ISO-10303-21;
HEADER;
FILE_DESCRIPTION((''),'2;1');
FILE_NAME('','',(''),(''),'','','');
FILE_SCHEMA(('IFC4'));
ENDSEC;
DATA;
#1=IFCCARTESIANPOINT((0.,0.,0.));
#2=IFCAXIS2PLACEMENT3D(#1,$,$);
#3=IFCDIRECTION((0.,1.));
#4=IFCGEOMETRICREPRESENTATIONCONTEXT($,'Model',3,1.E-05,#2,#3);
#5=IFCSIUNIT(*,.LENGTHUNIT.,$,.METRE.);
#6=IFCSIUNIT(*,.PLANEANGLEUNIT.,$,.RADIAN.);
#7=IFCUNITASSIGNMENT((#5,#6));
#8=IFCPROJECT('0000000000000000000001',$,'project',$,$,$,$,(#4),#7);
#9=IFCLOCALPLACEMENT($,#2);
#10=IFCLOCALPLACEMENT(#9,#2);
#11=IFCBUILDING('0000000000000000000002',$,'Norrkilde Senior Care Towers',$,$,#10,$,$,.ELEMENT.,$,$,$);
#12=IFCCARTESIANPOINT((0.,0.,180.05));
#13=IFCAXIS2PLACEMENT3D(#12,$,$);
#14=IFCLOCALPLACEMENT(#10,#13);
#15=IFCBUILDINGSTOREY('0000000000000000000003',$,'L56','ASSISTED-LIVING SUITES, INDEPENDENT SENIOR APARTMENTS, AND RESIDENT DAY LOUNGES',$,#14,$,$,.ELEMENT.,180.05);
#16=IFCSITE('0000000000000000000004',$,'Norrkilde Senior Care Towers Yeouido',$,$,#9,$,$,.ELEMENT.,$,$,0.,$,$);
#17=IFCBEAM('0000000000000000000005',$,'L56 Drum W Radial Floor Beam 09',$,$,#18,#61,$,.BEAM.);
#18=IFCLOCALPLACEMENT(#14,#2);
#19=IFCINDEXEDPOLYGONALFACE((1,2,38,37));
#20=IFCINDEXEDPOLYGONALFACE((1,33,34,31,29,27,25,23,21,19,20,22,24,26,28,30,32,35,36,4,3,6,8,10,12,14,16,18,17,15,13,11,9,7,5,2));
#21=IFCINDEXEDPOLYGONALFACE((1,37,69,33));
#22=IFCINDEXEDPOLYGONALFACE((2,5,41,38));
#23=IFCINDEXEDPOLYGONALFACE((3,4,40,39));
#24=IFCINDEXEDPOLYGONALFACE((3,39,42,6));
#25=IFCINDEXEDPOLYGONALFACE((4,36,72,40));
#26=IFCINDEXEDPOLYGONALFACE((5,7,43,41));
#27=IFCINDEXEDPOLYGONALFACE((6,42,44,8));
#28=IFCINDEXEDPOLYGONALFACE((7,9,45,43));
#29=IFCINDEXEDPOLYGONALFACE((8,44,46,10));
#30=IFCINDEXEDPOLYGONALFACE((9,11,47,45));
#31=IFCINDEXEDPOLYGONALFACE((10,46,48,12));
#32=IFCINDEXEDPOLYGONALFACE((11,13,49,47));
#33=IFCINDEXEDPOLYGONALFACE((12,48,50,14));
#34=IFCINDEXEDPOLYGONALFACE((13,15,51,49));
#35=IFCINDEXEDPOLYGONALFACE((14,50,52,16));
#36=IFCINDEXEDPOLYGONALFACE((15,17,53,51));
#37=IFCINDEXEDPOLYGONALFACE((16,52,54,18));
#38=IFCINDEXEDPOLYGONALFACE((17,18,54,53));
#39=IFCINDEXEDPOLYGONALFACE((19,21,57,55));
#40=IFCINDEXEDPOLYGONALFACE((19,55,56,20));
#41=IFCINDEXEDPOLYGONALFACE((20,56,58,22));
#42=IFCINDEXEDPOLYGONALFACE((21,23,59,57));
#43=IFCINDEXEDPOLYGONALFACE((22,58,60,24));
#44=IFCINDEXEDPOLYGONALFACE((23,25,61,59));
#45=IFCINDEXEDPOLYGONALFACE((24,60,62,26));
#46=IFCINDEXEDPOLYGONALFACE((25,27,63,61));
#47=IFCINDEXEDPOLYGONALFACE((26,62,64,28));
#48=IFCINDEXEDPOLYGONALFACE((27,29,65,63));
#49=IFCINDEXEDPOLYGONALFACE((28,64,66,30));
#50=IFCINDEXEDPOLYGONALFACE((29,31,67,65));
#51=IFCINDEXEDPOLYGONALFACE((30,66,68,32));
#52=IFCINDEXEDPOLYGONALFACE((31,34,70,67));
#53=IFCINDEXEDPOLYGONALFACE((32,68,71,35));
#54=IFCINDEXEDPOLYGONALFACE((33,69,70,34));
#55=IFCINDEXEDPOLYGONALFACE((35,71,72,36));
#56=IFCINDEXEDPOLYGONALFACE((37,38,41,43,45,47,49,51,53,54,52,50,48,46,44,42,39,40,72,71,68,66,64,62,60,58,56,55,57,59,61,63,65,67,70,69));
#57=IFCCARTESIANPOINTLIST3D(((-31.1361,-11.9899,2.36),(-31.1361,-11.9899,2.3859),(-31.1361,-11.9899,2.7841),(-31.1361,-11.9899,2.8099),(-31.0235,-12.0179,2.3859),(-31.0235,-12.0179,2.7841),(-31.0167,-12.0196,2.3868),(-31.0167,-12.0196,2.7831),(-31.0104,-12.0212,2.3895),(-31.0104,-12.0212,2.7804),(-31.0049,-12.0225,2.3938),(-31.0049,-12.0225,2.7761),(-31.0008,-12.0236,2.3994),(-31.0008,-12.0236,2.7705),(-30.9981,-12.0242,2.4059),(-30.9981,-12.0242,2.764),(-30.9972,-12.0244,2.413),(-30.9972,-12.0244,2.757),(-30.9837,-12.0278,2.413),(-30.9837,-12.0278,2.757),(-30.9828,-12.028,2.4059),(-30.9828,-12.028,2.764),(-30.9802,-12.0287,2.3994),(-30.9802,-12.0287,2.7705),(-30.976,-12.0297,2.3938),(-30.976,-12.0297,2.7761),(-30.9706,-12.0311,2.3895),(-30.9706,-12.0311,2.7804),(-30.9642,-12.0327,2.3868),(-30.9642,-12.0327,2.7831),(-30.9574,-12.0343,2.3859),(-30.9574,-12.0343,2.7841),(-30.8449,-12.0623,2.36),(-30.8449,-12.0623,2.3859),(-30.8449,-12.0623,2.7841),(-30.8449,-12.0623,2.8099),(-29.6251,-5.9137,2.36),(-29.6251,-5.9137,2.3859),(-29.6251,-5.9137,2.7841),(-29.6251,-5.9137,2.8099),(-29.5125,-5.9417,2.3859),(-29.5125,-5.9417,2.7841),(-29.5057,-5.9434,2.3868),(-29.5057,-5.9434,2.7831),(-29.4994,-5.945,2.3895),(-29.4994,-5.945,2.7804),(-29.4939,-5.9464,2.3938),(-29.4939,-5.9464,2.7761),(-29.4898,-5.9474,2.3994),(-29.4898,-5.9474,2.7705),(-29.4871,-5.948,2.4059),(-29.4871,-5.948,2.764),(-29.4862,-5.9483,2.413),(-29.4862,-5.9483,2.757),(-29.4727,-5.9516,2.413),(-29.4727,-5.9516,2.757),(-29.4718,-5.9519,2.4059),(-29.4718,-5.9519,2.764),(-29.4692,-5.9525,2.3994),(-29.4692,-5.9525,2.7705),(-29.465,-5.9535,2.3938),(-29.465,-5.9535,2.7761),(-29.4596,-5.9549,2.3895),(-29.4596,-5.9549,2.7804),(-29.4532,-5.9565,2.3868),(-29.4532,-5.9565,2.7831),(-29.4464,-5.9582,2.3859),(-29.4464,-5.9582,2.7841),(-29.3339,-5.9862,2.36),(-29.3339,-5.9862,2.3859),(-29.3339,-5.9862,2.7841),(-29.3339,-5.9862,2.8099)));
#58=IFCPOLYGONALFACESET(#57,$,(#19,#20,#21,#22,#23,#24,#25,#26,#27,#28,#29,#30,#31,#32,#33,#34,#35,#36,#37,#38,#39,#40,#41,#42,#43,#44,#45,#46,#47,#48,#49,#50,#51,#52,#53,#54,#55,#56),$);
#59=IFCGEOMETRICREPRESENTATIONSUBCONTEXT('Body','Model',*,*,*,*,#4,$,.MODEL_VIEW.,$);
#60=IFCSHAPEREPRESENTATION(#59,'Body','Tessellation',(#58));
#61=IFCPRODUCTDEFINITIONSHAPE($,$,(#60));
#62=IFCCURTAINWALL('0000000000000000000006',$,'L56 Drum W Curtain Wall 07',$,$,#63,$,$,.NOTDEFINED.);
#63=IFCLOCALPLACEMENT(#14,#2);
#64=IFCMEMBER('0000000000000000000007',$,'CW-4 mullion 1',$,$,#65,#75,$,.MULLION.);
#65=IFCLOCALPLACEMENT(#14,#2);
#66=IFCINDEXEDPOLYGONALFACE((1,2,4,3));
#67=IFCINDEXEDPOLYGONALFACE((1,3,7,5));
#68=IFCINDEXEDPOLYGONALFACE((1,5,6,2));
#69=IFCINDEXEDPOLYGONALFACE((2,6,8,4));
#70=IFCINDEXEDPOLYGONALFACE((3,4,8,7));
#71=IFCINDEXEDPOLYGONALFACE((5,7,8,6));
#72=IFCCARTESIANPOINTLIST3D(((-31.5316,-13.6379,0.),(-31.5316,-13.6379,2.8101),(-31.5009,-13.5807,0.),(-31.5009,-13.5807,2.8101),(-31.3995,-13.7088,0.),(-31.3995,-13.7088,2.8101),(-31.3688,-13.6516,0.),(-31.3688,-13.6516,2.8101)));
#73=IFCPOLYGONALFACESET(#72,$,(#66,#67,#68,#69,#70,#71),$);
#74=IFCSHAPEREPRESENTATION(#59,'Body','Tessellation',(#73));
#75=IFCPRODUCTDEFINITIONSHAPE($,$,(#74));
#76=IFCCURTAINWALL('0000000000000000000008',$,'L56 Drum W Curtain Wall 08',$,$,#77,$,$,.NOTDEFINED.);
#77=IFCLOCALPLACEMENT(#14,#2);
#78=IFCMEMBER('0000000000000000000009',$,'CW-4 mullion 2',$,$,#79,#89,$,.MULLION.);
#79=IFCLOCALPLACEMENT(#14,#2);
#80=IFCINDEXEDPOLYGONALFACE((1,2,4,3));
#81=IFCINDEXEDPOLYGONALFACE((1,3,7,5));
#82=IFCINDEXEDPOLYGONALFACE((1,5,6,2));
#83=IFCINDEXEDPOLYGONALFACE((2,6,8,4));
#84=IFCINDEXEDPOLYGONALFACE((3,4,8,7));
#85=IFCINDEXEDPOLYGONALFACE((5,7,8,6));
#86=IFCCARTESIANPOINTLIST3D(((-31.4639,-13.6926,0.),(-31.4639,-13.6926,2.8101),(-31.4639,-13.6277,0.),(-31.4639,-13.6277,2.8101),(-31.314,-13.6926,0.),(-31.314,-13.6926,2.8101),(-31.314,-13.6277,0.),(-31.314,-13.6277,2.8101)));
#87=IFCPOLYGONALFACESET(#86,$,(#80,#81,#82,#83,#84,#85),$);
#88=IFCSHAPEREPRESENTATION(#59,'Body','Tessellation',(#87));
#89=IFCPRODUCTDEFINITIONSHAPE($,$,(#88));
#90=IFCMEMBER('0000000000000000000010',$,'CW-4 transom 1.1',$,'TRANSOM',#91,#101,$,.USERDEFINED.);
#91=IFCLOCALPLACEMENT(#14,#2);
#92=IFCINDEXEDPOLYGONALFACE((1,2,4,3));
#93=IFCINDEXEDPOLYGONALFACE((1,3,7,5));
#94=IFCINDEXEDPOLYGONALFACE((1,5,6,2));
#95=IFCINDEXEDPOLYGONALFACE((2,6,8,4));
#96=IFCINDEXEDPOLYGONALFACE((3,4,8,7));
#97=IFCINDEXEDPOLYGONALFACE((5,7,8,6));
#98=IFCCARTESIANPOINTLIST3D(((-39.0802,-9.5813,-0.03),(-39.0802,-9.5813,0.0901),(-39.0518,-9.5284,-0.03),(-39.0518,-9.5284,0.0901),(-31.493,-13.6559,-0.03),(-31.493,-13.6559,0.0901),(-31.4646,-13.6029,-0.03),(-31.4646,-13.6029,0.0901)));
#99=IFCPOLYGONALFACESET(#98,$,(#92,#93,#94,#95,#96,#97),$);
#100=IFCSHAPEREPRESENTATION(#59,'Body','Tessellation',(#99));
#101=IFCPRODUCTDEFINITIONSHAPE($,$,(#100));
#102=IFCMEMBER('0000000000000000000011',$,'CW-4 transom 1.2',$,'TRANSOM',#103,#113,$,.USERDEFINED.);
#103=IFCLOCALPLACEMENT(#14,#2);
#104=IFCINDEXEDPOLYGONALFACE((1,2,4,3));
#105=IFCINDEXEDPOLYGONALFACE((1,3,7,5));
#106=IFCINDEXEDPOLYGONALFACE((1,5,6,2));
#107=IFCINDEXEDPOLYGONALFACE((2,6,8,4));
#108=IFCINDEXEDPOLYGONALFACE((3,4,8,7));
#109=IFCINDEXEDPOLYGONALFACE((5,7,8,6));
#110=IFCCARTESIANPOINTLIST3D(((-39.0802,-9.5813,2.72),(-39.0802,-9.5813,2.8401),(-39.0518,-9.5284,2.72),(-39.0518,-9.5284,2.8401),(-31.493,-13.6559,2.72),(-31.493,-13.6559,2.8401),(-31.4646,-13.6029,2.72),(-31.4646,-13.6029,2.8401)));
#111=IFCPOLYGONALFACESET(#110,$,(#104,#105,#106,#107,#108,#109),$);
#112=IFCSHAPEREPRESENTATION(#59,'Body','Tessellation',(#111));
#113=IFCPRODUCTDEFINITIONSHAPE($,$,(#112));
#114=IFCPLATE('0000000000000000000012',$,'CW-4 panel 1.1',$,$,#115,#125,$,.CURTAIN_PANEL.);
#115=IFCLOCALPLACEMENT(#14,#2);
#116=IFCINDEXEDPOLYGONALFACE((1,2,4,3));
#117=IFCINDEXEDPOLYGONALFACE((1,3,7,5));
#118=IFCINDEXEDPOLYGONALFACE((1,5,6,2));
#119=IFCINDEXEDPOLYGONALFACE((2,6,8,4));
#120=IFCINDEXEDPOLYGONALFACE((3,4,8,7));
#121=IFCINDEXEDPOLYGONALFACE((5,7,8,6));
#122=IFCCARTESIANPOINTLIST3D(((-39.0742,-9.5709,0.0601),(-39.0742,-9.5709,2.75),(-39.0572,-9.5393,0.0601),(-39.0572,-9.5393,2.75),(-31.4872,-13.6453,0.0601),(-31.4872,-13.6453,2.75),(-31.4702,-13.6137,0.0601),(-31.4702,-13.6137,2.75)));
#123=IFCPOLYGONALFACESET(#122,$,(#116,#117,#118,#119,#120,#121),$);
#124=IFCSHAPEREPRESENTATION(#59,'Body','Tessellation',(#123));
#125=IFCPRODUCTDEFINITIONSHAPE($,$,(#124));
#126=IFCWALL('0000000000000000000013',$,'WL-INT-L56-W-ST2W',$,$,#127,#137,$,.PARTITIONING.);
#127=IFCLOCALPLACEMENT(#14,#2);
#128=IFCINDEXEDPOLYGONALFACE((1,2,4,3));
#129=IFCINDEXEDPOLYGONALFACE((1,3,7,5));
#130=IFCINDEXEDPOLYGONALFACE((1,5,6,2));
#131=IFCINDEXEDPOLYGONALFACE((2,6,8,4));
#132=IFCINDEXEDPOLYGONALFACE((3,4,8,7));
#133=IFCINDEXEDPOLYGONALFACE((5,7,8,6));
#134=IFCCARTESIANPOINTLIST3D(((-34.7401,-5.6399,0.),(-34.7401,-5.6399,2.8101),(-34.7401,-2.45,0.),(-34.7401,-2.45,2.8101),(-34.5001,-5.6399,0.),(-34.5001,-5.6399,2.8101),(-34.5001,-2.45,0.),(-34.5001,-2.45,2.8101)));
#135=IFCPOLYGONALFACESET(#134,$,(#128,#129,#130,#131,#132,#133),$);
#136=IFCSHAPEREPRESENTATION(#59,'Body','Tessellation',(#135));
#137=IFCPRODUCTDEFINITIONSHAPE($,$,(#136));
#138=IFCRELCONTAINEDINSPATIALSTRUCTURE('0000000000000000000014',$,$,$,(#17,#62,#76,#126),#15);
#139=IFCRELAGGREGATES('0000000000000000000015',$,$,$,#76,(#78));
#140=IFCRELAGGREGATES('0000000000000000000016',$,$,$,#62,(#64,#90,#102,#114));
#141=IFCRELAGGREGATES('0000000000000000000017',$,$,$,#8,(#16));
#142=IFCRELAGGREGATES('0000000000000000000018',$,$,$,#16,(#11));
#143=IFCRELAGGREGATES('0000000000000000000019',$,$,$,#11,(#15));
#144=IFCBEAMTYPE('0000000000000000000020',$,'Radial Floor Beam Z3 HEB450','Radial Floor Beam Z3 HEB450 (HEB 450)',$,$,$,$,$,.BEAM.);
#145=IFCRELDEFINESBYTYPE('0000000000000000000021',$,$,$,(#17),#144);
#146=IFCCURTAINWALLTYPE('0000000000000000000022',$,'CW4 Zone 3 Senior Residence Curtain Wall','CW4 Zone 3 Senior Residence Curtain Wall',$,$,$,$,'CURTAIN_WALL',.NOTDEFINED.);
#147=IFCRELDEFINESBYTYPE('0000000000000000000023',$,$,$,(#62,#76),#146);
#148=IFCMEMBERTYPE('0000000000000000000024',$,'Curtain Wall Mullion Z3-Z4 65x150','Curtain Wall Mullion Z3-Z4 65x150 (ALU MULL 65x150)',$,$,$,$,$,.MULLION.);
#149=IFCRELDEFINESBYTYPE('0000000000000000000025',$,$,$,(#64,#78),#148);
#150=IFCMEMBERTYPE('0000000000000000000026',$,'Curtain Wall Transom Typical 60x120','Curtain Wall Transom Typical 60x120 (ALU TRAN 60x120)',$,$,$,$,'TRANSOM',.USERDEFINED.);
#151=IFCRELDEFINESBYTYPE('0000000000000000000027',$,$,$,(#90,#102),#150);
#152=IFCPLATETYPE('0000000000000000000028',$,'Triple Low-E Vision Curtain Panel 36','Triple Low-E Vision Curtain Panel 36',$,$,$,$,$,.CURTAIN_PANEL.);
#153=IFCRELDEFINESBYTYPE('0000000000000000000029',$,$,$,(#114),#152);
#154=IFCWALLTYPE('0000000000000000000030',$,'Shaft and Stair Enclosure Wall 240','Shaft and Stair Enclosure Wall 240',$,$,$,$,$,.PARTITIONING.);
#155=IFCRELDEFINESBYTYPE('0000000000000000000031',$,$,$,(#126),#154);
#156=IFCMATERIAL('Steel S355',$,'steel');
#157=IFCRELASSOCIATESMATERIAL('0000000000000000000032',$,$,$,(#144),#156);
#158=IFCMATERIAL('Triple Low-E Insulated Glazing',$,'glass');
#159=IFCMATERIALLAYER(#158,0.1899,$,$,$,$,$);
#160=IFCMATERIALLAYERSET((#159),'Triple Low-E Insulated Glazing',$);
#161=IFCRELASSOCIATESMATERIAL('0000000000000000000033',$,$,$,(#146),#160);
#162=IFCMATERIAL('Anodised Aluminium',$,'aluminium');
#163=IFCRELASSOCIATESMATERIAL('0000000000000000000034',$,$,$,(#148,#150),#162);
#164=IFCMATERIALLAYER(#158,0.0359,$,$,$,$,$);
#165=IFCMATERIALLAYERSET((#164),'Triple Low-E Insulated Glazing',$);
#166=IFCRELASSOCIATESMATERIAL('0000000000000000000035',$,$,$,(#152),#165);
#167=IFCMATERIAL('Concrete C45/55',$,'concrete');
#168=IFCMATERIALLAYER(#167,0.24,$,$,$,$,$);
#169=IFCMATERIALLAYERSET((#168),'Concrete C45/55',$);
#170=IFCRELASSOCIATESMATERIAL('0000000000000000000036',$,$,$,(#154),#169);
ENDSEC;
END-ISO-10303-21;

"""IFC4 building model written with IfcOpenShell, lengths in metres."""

from ifc_helpers import new_model, si_unit, direction, frame, frame_2d, origin, origin_2d, place, context, subcontext, project, spatial, rectangle, i_section, extrude, source, transform, mapped, material, layer, layer_set, material_profile, profile_set, type_object, type_shapes, element, aggregate, save


model = new_model("IFC4")

# Units and contexts
model_context = context("Model", 3, precision=1e-05, world=origin(), true_north=direction((0.0, 1.0)))
body_context = subcontext(model_context, "Body", "Model", "MODEL_VIEW")
ifc_project = project(units=[si_unit("LENGTHUNIT", "METRE"), si_unit("PLANEANGLEUNIT", "RADIAN")], contexts=[model_context])

# Site, building, storey
site_placement = place(None, origin())
site = spatial("IfcSite", under=ifc_project, at=site_placement, Name="Norrkilde Senior Care Towers Yeouido", CompositionType="ELEMENT", RefElevation=0.0)
building_placement = place(site_placement, origin())
building = spatial("IfcBuilding", under=site, at=building_placement, Name="Norrkilde Senior Care Towers", CompositionType="ELEMENT")
storey_placement = place(building_placement, frame((0.0, 0.0, 180.05)))
storey = spatial("IfcBuildingStorey", under=building, at=storey_placement, Name="L56", Description="ASSISTED-LIVING SUITES, INDEPENDENT SENIOR APARTMENTS, AND RESIDENT DAY LOUNGES", CompositionType="ELEMENT", Elevation=180.05)

# Beam
ifc_material_1 = material(Name="Steel S355", Category="steel")
ifc_material_profile_1 = material_profile(ifc_material_1, i_section(OverallWidth=0.3, OverallDepth=0.45, WebThickness=0.0139, FlangeThickness=0.0259, FilletRadius=0.0271, at=origin_2d()), Name="HEB 450")
ifc_profile_set_1 = profile_set([ifc_material_profile_1], Name="Steel S355")
beam_type_1 = type_object("IfcBeamType", Name="Radial Floor Beam Z3 HEB450", Description="Radial Floor Beam Z3 HEB450 (HEB 450)", PredefinedType="BEAM", material=ifc_profile_set_1)
shared_shape_1 = source(origin(), body_context, "Body", "SweptSolid", [
    extrude(i_section(OverallWidth=0.3, OverallDepth=0.45, WebThickness=0.0139, FlangeThickness=0.0259, FilletRadius=0.0271, at=origin_2d()), origin(), (0.0, 0.0, 1.0), 6.2612),
])
beam_1_placement = place(storey_placement, frame((-29.4795, -5.95, 2.585), z_axis=(-0.241324, -0.970445, 0.0), x_axis=(0.970445, -0.241324, 0.0)))
element("IfcBeam", 1, at=beam_1_placement, inside=storey, type_object=beam_type_1, Name="L56 Drum W Radial Floor Beam 09", PredefinedType="BEAM", context=body_context, shape_type="MappedRepresentation", body=[
    mapped(shared_shape_1, transform((0.0, 0.0, 0.0), x_axis=(1.0, 0.0, 0.0), y_axis=(0.0, 1.0, 0.0), z_axis=(0.0, 0.0, 1.0), scale=1.0)),
])

# Curtain walls, members
ifc_material_2 = material(Name="Triple Low-E Insulated Glazing", Category="glass")
ifc_layer_1 = layer(ifc_material_2, 0.1899)
ifc_layer_set_1 = layer_set([ifc_layer_1], Name="Triple Low-E Insulated Glazing")
curtain_wall_type = type_object("IfcCurtainWallType", Name="CW4 Zone 3 Senior Residence Curtain Wall", Description="CW4 Zone 3 Senior Residence Curtain Wall", ElementType="CURTAIN_WALL", PredefinedType="NOTDEFINED", material=ifc_layer_set_1)
curtain_wall_1_placement = place(storey_placement, origin())
curtain_wall_1 = element("IfcCurtainWall", 2, at=curtain_wall_1_placement, inside=storey, type_object=curtain_wall_type, Name="L56 Drum W Curtain Wall 07", PredefinedType="NOTDEFINED")
ifc_material_3 = material(Name="Anodised Aluminium", Category="aluminium")
ifc_material_profile_2 = material_profile(ifc_material_3, rectangle(XDim=0.0649, YDim=0.1499, at=origin_2d()), Name="ALU MULL 65x150")
ifc_profile_set_2 = profile_set([ifc_material_profile_2], Name="Anodised Aluminium")
member_type_1 = type_object("IfcMemberType", Name="Curtain Wall Mullion Z3-Z4 65x150", Description="Curtain Wall Mullion Z3-Z4 65x150 (ALU MULL 65x150)", PredefinedType="MULLION", material=ifc_profile_set_2)
shared_shape_2 = source(origin(), body_context, "Body", "SweptSolid", [
    extrude(rectangle(XDim=0.0649, YDim=0.1499, at=origin_2d()), origin(), (0.0, 0.0, 1.0), 2.8101),
])
type_shapes(member_type_1, [shared_shape_2])
member_1_placement = place(storey_placement, frame((-31.4502, -13.6448, 0.0), z_axis=(0.0, 0.0, 1.0), x_axis=(-0.473117, -0.881, 0.0)))
member_1 = element("IfcMember", 3, at=member_1_placement, type_object=member_type_1, Name="CW-4 mullion 1", PredefinedType="MULLION", context=body_context, shape_type="MappedRepresentation", body=[
    mapped(shared_shape_2, transform((0.0, 0.0, 0.0), x_axis=(1.0, 0.0, 0.0), y_axis=(0.0, 1.0, 0.0), z_axis=(0.0, 0.0, 1.0), scale=1.0)),
])
curtain_wall_2_placement = place(storey_placement, origin())
curtain_wall_2 = element("IfcCurtainWall", 4, at=curtain_wall_2_placement, inside=storey, type_object=curtain_wall_type, Name="L56 Drum W Curtain Wall 08", PredefinedType="NOTDEFINED")
member_2_placement = place(storey_placement, frame((-31.3889, -13.6602, 0.0), z_axis=(0.0, 0.0, 1.0), x_axis=(0.0, -1.0, 0.0)))
member_2 = element("IfcMember", 5, at=member_2_placement, type_object=member_type_1, Name="CW-4 mullion 2", PredefinedType="MULLION", context=body_context, shape_type="MappedRepresentation", body=[
    mapped(shared_shape_2, transform((0.0, 0.0, 0.0), x_axis=(1.0, 0.0, 0.0), y_axis=(0.0, 1.0, 0.0), z_axis=(0.0, 0.0, 1.0), scale=1.0)),
])
aggregate(curtain_wall_2, [member_2])

# Members
ifc_material_profile_3 = material_profile(ifc_material_3, rectangle(XDim=0.0601, YDim=0.1201, at=origin_2d()), Name="ALU TRAN 60x120")
ifc_profile_set_3 = profile_set([ifc_material_profile_3], Name="Anodised Aluminium")
member_type_2 = type_object("IfcMemberType", Name="Curtain Wall Transom Typical 60x120", Description="Curtain Wall Transom Typical 60x120 (ALU TRAN 60x120)", ElementType="TRANSOM", PredefinedType="USERDEFINED", material=ifc_profile_set_3)
shared_shape_3 = source(origin(), body_context, "Body", "SweptSolid", [
    extrude(rectangle(XDim=0.0601, YDim=0.1201, at=origin_2d()), origin(), (0.0, 0.0, 1.0), 8.6121),
])
type_shapes(member_type_2, [shared_shape_3])
member_3_placement = place(storey_placement, frame((-31.4788, -13.6294, 0.03), z_axis=(-0.881, 0.473116, 0.0), x_axis=(-0.473116, -0.881, 0.0)))
member_3 = element("IfcMember", 6, at=member_3_placement, type_object=member_type_2, Name="CW-4 transom 1.1", ObjectType="TRANSOM", PredefinedType="USERDEFINED", context=body_context, shape_type="MappedRepresentation", body=[
    mapped(shared_shape_3, transform((0.0, 0.0, 0.0), x_axis=(1.0, 0.0, 0.0), y_axis=(0.0, 1.0, 0.0), z_axis=(0.0, 0.0, 1.0), scale=1.0)),
])
member_4_placement = place(storey_placement, frame((-31.4788, -13.6294, 2.78), z_axis=(-0.881, 0.473116, 0.0), x_axis=(-0.473116, -0.881, 0.0)))
member_4 = element("IfcMember", 7, at=member_4_placement, type_object=member_type_2, Name="CW-4 transom 1.2", ObjectType="TRANSOM", PredefinedType="USERDEFINED", context=body_context, shape_type="MappedRepresentation", body=[
    mapped(shared_shape_3, transform((0.0, 0.0, 0.0), x_axis=(1.0, 0.0, 0.0), y_axis=(0.0, 1.0, 0.0), z_axis=(0.0, 0.0, 1.0), scale=1.0)),
])

# Plate
ifc_layer_2 = layer(ifc_material_2, 0.0359)
ifc_layer_set_2 = layer_set([ifc_layer_2], Name="Triple Low-E Insulated Glazing")
plate_type = type_object("IfcPlateType", Name="Triple Low-E Vision Curtain Panel 36", Description="Triple Low-E Vision Curtain Panel 36", PredefinedType="CURTAIN_PANEL", material=ifc_layer_set_2)
shared_shape_4 = source(origin(), body_context, "Body", "SweptSolid", [
    extrude(rectangle(XDim=8.6118, YDim=0.0359, at=origin_2d()), origin(), (0.0, 0.0, 1.0), 2.6899),
])
type_shapes(plate_type, [shared_shape_4])
plate_placement = place(storey_placement, frame((-35.2722, -11.5923, 0.0601), z_axis=(0.0, 0.0, 1.0), x_axis=(-0.881, 0.473117, 0.0)))
plate = element("IfcPlate", 8, at=plate_placement, type_object=plate_type, Name="CW-4 panel 1.1", PredefinedType="CURTAIN_PANEL", context=body_context, shape_type="MappedRepresentation", body=[
    mapped(shared_shape_4, transform((0.0, 0.0, 0.0), x_axis=(1.0, 0.0, 0.0), y_axis=(0.0, 1.0, 0.0), z_axis=(0.0, 0.0, 1.0), scale=1.0)),
])
aggregate(curtain_wall_1, [member_1, member_3, member_4, plate])

# Shared definitions
ifc_material_4 = material(Name="Concrete C45/55", Category="concrete")
ifc_layer_3 = layer(ifc_material_4, 0.24)
ifc_layer_set_3 = layer_set([ifc_layer_3], Name="Concrete C45/55")
wall_type_1 = type_object("IfcWallType", Name="Shaft and Stair Enclosure Wall 240", Description="Shaft and Stair Enclosure Wall 240", PredefinedType="PARTITIONING", material=ifc_layer_set_3)

# Wall
shared_shape_5 = source(origin(), body_context, "Body", "SweptSolid", [
    extrude(rectangle(XDim=3.1899, YDim=0.24, at=frame_2d((1.595, 0.0))), origin(), (0.0, 0.0, 1.0), 2.8101),
])
wall_1_placement = place(storey_placement, frame((-34.6201, -5.6399, 0.0), z_axis=(0.0, 0.0, 1.0), x_axis=(0.0, 1.0, 0.0)))
element("IfcWall", 9, at=wall_1_placement, inside=storey, type_object=wall_type_1, Name="WL-INT-L56-W-ST2W", PredefinedType="PARTITIONING", context=body_context, shape_type="MappedRepresentation", body=[
    mapped(shared_shape_5, transform((0.0, 0.0, 0.0), x_axis=(1.0, 0.0, 0.0), y_axis=(0.0, 1.0, 0.0), z_axis=(0.0, 0.0, 1.0), scale=1.0)),
])

save(model, "model.ifc")
